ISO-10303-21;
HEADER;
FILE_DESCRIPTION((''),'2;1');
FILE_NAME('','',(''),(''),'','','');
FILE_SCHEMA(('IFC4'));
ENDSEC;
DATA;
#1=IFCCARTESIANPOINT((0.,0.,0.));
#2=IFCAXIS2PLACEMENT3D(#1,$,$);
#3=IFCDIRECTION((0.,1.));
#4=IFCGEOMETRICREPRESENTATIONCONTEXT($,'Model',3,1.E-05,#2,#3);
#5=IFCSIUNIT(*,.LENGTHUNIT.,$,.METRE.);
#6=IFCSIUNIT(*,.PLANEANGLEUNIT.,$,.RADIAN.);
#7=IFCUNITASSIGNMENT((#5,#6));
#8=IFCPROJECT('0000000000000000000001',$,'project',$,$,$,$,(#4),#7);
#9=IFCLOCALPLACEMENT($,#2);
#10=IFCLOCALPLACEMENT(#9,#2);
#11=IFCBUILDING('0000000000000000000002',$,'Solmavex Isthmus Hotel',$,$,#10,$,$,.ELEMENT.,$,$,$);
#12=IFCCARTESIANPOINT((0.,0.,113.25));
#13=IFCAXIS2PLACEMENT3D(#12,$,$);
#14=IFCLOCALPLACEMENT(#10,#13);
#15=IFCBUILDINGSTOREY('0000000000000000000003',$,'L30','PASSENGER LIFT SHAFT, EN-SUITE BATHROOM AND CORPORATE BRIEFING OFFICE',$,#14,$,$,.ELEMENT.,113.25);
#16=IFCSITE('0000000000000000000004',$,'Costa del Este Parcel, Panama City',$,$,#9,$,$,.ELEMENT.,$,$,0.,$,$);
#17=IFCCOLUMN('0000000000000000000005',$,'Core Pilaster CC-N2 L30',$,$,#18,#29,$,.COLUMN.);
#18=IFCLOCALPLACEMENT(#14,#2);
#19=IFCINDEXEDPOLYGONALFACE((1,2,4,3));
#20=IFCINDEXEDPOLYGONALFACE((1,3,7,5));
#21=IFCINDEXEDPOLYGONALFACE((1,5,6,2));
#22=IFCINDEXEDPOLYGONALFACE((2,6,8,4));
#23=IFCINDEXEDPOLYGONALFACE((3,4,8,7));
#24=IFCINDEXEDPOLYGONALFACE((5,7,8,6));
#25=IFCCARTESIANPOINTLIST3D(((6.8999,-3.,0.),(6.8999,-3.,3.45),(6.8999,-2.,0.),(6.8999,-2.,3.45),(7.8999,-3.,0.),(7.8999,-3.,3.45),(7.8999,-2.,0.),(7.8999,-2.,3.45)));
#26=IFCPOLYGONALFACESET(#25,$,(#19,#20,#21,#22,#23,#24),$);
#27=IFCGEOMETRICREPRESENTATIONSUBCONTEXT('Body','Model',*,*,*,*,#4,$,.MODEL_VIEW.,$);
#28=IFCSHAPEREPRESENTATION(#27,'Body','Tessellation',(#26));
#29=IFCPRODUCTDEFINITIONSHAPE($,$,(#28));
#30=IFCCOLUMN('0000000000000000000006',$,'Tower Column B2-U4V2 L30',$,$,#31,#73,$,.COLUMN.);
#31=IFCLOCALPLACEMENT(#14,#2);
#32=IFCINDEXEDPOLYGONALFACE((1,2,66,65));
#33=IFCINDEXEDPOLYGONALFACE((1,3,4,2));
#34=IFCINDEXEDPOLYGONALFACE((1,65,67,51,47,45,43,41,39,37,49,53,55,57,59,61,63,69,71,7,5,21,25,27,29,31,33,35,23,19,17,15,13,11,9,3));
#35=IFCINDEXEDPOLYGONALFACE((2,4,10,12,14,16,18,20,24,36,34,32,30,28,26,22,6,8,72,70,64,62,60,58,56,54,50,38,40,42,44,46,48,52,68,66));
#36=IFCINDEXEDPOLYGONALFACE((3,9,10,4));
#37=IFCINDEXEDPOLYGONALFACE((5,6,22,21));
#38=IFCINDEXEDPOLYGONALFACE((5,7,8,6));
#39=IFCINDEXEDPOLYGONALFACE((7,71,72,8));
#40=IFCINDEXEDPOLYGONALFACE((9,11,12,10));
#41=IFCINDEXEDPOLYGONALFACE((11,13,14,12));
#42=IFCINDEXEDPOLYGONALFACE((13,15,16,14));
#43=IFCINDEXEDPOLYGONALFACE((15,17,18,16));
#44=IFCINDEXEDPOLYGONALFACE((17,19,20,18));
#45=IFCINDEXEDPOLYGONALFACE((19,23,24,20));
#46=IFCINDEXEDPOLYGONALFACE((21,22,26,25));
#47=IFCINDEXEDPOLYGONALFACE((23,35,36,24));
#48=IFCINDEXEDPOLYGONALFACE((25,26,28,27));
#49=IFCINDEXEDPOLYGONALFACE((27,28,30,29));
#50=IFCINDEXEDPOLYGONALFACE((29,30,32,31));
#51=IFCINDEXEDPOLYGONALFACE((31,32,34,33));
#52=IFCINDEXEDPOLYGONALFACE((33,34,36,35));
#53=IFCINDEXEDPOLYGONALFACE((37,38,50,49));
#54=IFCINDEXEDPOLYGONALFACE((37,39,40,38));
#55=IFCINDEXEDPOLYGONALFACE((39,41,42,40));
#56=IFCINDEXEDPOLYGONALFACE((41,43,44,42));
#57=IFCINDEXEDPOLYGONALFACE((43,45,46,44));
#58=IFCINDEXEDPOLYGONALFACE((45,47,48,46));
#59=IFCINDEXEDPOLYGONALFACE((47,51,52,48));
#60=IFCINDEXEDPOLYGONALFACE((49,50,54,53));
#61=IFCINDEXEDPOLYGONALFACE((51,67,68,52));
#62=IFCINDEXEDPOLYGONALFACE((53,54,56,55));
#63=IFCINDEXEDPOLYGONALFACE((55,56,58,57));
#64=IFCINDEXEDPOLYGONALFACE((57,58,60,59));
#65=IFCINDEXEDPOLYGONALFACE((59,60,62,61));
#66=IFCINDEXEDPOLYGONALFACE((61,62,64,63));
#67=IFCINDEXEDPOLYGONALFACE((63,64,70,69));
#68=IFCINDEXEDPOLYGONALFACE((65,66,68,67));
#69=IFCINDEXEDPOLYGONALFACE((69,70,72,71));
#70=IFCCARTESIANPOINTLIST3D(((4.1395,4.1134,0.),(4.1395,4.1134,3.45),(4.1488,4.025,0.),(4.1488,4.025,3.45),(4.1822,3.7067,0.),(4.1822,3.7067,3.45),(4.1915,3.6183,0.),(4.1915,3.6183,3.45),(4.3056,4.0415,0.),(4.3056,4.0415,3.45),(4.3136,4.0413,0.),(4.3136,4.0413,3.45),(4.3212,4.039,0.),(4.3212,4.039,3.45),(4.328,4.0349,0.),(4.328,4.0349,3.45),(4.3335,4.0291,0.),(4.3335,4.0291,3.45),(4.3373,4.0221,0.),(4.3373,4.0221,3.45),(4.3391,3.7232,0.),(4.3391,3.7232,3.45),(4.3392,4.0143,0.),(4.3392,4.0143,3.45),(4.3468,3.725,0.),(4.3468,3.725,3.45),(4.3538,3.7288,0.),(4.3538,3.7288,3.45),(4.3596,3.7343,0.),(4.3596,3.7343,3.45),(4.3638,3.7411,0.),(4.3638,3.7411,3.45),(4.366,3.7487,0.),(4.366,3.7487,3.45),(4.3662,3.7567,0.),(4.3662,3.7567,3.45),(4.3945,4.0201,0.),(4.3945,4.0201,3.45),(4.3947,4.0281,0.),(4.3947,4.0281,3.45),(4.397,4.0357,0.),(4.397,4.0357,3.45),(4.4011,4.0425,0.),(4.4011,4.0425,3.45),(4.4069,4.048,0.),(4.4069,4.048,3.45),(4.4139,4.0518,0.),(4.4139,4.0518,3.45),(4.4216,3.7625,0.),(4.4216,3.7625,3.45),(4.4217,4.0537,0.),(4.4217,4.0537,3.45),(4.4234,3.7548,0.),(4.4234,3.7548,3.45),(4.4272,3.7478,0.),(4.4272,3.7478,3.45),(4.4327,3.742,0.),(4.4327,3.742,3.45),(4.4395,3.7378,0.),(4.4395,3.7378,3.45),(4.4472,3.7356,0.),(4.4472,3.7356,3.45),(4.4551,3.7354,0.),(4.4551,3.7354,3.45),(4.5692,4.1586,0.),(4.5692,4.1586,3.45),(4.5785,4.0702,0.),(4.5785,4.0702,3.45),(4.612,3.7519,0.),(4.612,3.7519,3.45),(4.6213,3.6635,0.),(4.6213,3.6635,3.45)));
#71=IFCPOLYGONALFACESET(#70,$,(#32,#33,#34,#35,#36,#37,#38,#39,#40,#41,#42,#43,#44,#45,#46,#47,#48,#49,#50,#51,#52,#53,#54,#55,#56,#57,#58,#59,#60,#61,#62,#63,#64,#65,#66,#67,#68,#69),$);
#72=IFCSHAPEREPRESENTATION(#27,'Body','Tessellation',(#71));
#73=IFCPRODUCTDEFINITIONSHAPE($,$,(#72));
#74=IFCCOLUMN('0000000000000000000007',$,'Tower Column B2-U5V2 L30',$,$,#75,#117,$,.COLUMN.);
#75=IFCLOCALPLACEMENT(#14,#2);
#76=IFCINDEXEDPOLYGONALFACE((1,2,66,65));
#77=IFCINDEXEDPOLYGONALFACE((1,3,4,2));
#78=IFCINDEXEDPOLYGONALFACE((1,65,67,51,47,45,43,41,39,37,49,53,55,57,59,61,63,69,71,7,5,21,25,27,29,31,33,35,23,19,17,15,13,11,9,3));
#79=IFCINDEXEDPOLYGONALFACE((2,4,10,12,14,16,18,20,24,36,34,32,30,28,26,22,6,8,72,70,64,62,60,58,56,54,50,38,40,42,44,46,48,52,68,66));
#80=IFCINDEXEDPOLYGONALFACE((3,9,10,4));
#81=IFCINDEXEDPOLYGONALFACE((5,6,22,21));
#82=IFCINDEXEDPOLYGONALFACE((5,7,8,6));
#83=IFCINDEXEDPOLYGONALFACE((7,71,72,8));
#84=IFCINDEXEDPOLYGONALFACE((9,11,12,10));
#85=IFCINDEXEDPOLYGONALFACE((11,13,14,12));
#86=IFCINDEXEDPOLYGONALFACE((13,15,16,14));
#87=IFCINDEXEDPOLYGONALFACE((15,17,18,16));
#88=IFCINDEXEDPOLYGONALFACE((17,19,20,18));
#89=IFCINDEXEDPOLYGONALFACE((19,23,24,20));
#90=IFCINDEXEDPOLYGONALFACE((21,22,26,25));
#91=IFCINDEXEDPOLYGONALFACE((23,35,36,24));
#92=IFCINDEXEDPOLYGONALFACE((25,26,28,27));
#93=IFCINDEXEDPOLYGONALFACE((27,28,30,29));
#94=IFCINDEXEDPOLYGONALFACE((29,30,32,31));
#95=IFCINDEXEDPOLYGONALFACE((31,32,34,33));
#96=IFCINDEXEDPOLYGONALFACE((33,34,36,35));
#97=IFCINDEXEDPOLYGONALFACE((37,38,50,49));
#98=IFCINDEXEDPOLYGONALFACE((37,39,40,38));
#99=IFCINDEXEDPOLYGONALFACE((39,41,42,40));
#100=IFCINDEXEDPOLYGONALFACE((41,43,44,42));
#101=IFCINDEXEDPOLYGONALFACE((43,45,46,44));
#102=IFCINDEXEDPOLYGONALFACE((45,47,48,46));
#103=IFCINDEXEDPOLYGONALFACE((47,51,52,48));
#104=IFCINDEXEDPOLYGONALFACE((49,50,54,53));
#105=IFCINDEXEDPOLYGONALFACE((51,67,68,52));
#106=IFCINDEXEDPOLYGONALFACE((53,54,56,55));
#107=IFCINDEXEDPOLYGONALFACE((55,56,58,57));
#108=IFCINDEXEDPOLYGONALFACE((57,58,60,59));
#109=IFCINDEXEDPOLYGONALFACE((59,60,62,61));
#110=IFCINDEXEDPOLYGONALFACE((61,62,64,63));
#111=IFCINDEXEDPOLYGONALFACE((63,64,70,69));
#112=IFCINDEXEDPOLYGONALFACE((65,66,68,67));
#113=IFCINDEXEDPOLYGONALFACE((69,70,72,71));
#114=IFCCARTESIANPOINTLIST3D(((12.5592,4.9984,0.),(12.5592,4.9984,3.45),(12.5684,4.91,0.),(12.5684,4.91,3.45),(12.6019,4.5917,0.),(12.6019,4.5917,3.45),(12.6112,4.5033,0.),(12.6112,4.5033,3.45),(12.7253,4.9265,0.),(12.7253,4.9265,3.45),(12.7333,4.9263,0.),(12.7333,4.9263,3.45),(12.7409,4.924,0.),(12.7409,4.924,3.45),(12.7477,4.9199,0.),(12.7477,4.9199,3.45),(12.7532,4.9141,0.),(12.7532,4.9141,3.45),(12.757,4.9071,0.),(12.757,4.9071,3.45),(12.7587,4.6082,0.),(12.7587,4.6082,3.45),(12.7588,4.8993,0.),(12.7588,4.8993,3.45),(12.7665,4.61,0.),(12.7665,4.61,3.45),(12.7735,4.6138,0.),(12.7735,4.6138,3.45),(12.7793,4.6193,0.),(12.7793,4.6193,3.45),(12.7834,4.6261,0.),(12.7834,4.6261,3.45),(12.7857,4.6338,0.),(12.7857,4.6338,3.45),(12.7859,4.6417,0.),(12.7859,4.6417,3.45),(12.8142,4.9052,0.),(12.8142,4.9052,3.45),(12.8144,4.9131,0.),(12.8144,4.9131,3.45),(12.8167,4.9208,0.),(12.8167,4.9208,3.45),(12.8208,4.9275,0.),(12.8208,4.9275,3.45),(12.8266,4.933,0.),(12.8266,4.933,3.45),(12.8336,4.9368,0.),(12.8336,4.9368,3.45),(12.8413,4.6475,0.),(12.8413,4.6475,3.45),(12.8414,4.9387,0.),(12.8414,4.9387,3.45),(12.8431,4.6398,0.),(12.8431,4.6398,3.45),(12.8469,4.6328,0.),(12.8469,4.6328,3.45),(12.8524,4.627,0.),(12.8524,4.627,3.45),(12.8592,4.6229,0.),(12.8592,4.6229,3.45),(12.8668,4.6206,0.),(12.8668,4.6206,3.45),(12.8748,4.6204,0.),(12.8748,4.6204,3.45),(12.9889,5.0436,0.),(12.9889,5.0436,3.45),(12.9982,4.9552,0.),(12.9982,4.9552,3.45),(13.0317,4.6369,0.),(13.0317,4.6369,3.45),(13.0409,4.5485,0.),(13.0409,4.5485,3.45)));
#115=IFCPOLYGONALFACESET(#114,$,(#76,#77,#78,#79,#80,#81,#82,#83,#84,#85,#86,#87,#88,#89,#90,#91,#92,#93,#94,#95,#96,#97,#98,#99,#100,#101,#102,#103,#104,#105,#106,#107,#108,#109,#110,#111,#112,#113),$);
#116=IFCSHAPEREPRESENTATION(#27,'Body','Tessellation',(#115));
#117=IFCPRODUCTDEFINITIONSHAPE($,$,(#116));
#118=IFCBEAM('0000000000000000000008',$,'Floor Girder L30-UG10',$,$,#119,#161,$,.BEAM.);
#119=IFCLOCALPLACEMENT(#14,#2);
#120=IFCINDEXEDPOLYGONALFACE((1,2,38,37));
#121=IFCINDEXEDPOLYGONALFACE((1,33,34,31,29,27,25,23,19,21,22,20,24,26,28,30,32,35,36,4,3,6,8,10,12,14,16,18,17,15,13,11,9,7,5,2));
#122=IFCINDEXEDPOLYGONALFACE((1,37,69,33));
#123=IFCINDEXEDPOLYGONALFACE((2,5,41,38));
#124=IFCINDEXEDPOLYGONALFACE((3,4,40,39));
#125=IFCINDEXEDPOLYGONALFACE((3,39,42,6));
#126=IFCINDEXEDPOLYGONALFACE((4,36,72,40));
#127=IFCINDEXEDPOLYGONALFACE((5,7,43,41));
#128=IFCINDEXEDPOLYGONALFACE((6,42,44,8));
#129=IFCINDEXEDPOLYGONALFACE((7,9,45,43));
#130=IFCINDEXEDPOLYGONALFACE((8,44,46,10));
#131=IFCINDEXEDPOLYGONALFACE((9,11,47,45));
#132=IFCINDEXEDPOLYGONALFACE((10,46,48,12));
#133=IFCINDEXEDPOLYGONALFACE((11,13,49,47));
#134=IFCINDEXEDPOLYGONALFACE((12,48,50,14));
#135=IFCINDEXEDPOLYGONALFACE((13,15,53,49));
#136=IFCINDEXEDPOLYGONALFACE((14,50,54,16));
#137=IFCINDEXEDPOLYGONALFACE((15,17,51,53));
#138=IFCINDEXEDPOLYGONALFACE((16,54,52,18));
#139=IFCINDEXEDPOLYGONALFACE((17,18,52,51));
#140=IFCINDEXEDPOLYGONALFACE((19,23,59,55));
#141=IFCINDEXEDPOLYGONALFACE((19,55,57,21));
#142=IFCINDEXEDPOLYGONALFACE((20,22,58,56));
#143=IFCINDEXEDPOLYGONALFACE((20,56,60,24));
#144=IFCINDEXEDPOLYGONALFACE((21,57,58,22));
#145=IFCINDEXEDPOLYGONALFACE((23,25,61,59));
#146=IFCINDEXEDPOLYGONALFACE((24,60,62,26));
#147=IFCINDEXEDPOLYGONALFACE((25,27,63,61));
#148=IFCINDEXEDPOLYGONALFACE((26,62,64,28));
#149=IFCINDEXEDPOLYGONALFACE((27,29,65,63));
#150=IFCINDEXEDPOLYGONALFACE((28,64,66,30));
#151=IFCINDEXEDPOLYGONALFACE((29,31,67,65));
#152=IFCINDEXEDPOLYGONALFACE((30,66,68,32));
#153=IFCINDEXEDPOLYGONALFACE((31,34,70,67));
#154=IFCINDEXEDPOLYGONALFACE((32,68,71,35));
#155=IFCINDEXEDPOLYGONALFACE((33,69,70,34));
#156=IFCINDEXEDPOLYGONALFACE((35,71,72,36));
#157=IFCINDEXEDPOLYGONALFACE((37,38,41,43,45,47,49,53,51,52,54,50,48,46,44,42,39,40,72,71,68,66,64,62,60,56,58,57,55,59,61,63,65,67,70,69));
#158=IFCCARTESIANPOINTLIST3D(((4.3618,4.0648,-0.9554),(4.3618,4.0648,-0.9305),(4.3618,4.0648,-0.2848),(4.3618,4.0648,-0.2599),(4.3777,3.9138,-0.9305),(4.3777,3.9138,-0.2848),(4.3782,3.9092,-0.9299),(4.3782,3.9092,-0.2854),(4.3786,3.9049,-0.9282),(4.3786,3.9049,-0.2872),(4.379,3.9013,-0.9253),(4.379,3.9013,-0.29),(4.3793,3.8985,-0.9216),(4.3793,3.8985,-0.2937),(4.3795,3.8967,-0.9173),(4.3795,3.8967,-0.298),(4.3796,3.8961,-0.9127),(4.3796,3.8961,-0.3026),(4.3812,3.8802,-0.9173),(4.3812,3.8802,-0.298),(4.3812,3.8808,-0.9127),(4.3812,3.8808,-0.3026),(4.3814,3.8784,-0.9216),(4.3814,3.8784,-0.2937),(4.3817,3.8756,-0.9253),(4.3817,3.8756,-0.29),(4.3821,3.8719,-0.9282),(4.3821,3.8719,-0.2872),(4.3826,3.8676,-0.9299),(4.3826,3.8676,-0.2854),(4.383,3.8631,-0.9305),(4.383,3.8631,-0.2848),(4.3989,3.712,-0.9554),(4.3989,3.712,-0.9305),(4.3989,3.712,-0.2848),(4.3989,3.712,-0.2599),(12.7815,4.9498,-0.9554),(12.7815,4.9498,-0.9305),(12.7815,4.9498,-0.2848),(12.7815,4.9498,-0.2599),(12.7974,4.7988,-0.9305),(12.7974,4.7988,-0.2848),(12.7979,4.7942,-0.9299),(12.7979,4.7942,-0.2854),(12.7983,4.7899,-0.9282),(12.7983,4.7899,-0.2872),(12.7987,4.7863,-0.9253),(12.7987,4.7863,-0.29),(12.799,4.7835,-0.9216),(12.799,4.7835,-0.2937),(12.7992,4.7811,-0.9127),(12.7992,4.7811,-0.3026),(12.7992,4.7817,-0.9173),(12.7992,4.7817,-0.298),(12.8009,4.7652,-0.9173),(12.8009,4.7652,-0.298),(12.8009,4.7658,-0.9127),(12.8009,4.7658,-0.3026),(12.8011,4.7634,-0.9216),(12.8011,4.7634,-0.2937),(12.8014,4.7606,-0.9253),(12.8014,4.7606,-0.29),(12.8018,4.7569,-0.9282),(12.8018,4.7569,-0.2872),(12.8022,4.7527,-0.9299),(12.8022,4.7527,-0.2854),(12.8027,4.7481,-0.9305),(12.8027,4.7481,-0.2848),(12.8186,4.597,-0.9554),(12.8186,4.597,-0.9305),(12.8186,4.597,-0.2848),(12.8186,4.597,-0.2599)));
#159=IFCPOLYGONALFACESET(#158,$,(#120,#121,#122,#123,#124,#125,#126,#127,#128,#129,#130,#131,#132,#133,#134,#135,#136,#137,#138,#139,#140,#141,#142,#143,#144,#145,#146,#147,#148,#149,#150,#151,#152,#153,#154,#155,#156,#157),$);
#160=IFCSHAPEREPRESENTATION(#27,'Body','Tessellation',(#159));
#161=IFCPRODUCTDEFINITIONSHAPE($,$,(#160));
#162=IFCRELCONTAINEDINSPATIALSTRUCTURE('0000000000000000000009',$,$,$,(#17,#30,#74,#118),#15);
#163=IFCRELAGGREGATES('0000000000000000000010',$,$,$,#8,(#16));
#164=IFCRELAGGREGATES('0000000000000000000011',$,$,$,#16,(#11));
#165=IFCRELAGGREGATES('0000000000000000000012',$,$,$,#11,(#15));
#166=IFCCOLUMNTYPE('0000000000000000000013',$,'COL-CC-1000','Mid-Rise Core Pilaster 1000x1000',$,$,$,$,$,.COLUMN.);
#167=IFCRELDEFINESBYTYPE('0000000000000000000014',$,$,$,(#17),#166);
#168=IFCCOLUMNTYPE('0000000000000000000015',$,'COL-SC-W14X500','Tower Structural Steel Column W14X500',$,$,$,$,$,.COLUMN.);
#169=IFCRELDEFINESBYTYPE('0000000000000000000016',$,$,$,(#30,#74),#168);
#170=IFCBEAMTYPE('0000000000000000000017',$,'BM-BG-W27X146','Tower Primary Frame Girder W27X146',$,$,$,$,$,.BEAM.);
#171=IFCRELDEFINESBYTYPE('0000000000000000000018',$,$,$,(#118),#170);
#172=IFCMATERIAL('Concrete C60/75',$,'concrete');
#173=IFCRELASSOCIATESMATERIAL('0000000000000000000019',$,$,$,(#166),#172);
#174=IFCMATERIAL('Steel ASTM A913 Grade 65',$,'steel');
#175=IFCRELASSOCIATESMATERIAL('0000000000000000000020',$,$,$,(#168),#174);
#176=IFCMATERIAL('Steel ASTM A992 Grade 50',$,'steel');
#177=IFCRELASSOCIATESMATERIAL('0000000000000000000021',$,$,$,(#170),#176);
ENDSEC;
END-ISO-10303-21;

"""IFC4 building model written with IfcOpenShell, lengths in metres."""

from ifc_helpers import new_model, si_unit, direction, frame, origin, origin_2d, place, context, subcontext, project, spatial, rectangle, i_section, extrude, material, material_profile, profile_set, type_object, element, save


model = new_model("IFC4")

# Units and contexts
model_context = context("Model", 3, precision=1e-05, world=origin(), true_north=direction((0.0, 1.0)))
body_context = subcontext(model_context, "Body", "Model", "MODEL_VIEW")
ifc_project = project(units=[si_unit("LENGTHUNIT", "METRE"), si_unit("PLANEANGLEUNIT", "RADIAN")], contexts=[model_context])

# Site, building, storey
site_placement = place(None, origin())
site = spatial("IfcSite", under=ifc_project, at=site_placement, Name="Costa del Este Parcel, Panama City", CompositionType="ELEMENT", RefElevation=0.0)
building_placement = place(site_placement, origin())
building = spatial("IfcBuilding", under=site, at=building_placement, Name="Solmavex Isthmus Hotel", CompositionType="ELEMENT")
storey_placement = place(building_placement, frame((0.0, 0.0, 113.25)))
storey = spatial("IfcBuildingStorey", under=building, at=storey_placement, Name="L30", Description="PASSENGER LIFT SHAFT, EN-SUITE BATHROOM AND CORPORATE BRIEFING OFFICE", CompositionType="ELEMENT", Elevation=113.25)

# Columns
ifc_material_1 = material(Name="Concrete C60/75", Category="concrete")
ifc_material_profile_1 = material_profile(ifc_material_1, rectangle(XDim=1.0, YDim=1.0, at=origin_2d()), Name="RC1000X1000")
ifc_profile_set_1 = profile_set([ifc_material_profile_1], Name="Concrete C60/75")
column_type_1 = type_object("IfcColumnType", Name="COL-CC-1000", Description="Mid-Rise Core Pilaster 1000x1000", PredefinedType="COLUMN", material=ifc_profile_set_1)
column_placement = place(storey_placement, frame((7.3999, -2.5, 0.0), z_axis=(0.0, 0.0, 1.0), x_axis=(1.0, 0.0, 0.0)))
element("IfcColumn", 1, at=column_placement, inside=storey, type_object=column_type_1, Name="Core Pilaster CC-N2 L30", PredefinedType="COLUMN", context=body_context, shape_type="SweptSolid", body=[
    extrude(rectangle(XDim=1.0, YDim=1.0, at=origin_2d()), origin(), (0.0, 0.0, 1.0), 3.45),
])
ifc_material_2 = material(Name="Steel ASTM A913 Grade 65", Category="steel")
ifc_material_profile_2 = material_profile(ifc_material_2, i_section(OverallWidth=0.4321, OverallDepth=0.4978, WebThickness=0.0557, FlangeThickness=0.0889, FilletRadius=0.0305, at=origin_2d()), Name="W14X500")
ifc_profile_set_2 = profile_set([ifc_material_profile_2], Name="Steel ASTM A913 Grade 65")
column_type_2 = type_object("IfcColumnType", Name="COL-SC-W14X500", Description="Tower Structural Steel Column W14X500", PredefinedType="COLUMN", material=ifc_profile_set_2)
for number, where, z_axis, x_axis, name in (
    (2, (4.3804, 3.8884, 0.0), (0.0, 0.0, 1.0), (0.994522, 0.104528, 0.0), "Tower Column B2-U4V2 L30"),
    (3, (12.8, 4.7734, 0.0), (0.0, 0.0, 1.0), (0.994522, 0.104528, 0.0), "Tower Column B2-U5V2 L30"),
):
    element("IfcColumn", number, at=place(storey_placement, frame(where, z_axis=z_axis, x_axis=x_axis)), inside=storey, type_object=column_type_2, Name=name, PredefinedType="COLUMN", context=body_context, shape_type="SweptSolid", body=[
        extrude(i_section(OverallWidth=0.4321, OverallDepth=0.4978, WebThickness=0.0557, FlangeThickness=0.0889, FilletRadius=0.0305, at=origin_2d()), origin(), (0.0, 0.0, 1.0), 3.45),
    ])

# Beam
ifc_material_3 = material(Name="Steel ASTM A992 Grade 50", Category="steel")
ifc_material_profile_3 = material_profile(ifc_material_3, i_section(OverallWidth=0.3547, OverallDepth=0.6956, WebThickness=0.0154, FlangeThickness=0.0249, FilletRadius=0.0178, at=origin_2d()), Name="W27X146")
ifc_profile_set_3 = profile_set([ifc_material_profile_3], Name="Steel ASTM A992 Grade 50")
beam_type_1 = type_object("IfcBeamType", Name="BM-BG-W27X146", Description="Tower Primary Frame Girder W27X146", PredefinedType="BEAM", material=ifc_profile_set_3)
for number, where, z_axis, x_axis, name in (
    (4, (4.3804, 3.8884, -0.6077), (0.994521, 0.104536, 0.0), (-0.104536, 0.994521, 0.0), "Floor Girder L30-UG10"),
):
    element("IfcBeam", number, at=place(storey_placement, frame(where, z_axis=z_axis, x_axis=x_axis)), inside=storey, type_object=beam_type_1, Name=name, PredefinedType="BEAM", context=body_context, shape_type="SweptSolid", body=[
        extrude(i_section(OverallWidth=0.3547, OverallDepth=0.6956, WebThickness=0.0154, FlangeThickness=0.0249, FilletRadius=0.0178, at=origin_2d()), origin(), (0.0, 0.0, 1.0), 8.4661),
    ])

save(model, "model.ifc")
